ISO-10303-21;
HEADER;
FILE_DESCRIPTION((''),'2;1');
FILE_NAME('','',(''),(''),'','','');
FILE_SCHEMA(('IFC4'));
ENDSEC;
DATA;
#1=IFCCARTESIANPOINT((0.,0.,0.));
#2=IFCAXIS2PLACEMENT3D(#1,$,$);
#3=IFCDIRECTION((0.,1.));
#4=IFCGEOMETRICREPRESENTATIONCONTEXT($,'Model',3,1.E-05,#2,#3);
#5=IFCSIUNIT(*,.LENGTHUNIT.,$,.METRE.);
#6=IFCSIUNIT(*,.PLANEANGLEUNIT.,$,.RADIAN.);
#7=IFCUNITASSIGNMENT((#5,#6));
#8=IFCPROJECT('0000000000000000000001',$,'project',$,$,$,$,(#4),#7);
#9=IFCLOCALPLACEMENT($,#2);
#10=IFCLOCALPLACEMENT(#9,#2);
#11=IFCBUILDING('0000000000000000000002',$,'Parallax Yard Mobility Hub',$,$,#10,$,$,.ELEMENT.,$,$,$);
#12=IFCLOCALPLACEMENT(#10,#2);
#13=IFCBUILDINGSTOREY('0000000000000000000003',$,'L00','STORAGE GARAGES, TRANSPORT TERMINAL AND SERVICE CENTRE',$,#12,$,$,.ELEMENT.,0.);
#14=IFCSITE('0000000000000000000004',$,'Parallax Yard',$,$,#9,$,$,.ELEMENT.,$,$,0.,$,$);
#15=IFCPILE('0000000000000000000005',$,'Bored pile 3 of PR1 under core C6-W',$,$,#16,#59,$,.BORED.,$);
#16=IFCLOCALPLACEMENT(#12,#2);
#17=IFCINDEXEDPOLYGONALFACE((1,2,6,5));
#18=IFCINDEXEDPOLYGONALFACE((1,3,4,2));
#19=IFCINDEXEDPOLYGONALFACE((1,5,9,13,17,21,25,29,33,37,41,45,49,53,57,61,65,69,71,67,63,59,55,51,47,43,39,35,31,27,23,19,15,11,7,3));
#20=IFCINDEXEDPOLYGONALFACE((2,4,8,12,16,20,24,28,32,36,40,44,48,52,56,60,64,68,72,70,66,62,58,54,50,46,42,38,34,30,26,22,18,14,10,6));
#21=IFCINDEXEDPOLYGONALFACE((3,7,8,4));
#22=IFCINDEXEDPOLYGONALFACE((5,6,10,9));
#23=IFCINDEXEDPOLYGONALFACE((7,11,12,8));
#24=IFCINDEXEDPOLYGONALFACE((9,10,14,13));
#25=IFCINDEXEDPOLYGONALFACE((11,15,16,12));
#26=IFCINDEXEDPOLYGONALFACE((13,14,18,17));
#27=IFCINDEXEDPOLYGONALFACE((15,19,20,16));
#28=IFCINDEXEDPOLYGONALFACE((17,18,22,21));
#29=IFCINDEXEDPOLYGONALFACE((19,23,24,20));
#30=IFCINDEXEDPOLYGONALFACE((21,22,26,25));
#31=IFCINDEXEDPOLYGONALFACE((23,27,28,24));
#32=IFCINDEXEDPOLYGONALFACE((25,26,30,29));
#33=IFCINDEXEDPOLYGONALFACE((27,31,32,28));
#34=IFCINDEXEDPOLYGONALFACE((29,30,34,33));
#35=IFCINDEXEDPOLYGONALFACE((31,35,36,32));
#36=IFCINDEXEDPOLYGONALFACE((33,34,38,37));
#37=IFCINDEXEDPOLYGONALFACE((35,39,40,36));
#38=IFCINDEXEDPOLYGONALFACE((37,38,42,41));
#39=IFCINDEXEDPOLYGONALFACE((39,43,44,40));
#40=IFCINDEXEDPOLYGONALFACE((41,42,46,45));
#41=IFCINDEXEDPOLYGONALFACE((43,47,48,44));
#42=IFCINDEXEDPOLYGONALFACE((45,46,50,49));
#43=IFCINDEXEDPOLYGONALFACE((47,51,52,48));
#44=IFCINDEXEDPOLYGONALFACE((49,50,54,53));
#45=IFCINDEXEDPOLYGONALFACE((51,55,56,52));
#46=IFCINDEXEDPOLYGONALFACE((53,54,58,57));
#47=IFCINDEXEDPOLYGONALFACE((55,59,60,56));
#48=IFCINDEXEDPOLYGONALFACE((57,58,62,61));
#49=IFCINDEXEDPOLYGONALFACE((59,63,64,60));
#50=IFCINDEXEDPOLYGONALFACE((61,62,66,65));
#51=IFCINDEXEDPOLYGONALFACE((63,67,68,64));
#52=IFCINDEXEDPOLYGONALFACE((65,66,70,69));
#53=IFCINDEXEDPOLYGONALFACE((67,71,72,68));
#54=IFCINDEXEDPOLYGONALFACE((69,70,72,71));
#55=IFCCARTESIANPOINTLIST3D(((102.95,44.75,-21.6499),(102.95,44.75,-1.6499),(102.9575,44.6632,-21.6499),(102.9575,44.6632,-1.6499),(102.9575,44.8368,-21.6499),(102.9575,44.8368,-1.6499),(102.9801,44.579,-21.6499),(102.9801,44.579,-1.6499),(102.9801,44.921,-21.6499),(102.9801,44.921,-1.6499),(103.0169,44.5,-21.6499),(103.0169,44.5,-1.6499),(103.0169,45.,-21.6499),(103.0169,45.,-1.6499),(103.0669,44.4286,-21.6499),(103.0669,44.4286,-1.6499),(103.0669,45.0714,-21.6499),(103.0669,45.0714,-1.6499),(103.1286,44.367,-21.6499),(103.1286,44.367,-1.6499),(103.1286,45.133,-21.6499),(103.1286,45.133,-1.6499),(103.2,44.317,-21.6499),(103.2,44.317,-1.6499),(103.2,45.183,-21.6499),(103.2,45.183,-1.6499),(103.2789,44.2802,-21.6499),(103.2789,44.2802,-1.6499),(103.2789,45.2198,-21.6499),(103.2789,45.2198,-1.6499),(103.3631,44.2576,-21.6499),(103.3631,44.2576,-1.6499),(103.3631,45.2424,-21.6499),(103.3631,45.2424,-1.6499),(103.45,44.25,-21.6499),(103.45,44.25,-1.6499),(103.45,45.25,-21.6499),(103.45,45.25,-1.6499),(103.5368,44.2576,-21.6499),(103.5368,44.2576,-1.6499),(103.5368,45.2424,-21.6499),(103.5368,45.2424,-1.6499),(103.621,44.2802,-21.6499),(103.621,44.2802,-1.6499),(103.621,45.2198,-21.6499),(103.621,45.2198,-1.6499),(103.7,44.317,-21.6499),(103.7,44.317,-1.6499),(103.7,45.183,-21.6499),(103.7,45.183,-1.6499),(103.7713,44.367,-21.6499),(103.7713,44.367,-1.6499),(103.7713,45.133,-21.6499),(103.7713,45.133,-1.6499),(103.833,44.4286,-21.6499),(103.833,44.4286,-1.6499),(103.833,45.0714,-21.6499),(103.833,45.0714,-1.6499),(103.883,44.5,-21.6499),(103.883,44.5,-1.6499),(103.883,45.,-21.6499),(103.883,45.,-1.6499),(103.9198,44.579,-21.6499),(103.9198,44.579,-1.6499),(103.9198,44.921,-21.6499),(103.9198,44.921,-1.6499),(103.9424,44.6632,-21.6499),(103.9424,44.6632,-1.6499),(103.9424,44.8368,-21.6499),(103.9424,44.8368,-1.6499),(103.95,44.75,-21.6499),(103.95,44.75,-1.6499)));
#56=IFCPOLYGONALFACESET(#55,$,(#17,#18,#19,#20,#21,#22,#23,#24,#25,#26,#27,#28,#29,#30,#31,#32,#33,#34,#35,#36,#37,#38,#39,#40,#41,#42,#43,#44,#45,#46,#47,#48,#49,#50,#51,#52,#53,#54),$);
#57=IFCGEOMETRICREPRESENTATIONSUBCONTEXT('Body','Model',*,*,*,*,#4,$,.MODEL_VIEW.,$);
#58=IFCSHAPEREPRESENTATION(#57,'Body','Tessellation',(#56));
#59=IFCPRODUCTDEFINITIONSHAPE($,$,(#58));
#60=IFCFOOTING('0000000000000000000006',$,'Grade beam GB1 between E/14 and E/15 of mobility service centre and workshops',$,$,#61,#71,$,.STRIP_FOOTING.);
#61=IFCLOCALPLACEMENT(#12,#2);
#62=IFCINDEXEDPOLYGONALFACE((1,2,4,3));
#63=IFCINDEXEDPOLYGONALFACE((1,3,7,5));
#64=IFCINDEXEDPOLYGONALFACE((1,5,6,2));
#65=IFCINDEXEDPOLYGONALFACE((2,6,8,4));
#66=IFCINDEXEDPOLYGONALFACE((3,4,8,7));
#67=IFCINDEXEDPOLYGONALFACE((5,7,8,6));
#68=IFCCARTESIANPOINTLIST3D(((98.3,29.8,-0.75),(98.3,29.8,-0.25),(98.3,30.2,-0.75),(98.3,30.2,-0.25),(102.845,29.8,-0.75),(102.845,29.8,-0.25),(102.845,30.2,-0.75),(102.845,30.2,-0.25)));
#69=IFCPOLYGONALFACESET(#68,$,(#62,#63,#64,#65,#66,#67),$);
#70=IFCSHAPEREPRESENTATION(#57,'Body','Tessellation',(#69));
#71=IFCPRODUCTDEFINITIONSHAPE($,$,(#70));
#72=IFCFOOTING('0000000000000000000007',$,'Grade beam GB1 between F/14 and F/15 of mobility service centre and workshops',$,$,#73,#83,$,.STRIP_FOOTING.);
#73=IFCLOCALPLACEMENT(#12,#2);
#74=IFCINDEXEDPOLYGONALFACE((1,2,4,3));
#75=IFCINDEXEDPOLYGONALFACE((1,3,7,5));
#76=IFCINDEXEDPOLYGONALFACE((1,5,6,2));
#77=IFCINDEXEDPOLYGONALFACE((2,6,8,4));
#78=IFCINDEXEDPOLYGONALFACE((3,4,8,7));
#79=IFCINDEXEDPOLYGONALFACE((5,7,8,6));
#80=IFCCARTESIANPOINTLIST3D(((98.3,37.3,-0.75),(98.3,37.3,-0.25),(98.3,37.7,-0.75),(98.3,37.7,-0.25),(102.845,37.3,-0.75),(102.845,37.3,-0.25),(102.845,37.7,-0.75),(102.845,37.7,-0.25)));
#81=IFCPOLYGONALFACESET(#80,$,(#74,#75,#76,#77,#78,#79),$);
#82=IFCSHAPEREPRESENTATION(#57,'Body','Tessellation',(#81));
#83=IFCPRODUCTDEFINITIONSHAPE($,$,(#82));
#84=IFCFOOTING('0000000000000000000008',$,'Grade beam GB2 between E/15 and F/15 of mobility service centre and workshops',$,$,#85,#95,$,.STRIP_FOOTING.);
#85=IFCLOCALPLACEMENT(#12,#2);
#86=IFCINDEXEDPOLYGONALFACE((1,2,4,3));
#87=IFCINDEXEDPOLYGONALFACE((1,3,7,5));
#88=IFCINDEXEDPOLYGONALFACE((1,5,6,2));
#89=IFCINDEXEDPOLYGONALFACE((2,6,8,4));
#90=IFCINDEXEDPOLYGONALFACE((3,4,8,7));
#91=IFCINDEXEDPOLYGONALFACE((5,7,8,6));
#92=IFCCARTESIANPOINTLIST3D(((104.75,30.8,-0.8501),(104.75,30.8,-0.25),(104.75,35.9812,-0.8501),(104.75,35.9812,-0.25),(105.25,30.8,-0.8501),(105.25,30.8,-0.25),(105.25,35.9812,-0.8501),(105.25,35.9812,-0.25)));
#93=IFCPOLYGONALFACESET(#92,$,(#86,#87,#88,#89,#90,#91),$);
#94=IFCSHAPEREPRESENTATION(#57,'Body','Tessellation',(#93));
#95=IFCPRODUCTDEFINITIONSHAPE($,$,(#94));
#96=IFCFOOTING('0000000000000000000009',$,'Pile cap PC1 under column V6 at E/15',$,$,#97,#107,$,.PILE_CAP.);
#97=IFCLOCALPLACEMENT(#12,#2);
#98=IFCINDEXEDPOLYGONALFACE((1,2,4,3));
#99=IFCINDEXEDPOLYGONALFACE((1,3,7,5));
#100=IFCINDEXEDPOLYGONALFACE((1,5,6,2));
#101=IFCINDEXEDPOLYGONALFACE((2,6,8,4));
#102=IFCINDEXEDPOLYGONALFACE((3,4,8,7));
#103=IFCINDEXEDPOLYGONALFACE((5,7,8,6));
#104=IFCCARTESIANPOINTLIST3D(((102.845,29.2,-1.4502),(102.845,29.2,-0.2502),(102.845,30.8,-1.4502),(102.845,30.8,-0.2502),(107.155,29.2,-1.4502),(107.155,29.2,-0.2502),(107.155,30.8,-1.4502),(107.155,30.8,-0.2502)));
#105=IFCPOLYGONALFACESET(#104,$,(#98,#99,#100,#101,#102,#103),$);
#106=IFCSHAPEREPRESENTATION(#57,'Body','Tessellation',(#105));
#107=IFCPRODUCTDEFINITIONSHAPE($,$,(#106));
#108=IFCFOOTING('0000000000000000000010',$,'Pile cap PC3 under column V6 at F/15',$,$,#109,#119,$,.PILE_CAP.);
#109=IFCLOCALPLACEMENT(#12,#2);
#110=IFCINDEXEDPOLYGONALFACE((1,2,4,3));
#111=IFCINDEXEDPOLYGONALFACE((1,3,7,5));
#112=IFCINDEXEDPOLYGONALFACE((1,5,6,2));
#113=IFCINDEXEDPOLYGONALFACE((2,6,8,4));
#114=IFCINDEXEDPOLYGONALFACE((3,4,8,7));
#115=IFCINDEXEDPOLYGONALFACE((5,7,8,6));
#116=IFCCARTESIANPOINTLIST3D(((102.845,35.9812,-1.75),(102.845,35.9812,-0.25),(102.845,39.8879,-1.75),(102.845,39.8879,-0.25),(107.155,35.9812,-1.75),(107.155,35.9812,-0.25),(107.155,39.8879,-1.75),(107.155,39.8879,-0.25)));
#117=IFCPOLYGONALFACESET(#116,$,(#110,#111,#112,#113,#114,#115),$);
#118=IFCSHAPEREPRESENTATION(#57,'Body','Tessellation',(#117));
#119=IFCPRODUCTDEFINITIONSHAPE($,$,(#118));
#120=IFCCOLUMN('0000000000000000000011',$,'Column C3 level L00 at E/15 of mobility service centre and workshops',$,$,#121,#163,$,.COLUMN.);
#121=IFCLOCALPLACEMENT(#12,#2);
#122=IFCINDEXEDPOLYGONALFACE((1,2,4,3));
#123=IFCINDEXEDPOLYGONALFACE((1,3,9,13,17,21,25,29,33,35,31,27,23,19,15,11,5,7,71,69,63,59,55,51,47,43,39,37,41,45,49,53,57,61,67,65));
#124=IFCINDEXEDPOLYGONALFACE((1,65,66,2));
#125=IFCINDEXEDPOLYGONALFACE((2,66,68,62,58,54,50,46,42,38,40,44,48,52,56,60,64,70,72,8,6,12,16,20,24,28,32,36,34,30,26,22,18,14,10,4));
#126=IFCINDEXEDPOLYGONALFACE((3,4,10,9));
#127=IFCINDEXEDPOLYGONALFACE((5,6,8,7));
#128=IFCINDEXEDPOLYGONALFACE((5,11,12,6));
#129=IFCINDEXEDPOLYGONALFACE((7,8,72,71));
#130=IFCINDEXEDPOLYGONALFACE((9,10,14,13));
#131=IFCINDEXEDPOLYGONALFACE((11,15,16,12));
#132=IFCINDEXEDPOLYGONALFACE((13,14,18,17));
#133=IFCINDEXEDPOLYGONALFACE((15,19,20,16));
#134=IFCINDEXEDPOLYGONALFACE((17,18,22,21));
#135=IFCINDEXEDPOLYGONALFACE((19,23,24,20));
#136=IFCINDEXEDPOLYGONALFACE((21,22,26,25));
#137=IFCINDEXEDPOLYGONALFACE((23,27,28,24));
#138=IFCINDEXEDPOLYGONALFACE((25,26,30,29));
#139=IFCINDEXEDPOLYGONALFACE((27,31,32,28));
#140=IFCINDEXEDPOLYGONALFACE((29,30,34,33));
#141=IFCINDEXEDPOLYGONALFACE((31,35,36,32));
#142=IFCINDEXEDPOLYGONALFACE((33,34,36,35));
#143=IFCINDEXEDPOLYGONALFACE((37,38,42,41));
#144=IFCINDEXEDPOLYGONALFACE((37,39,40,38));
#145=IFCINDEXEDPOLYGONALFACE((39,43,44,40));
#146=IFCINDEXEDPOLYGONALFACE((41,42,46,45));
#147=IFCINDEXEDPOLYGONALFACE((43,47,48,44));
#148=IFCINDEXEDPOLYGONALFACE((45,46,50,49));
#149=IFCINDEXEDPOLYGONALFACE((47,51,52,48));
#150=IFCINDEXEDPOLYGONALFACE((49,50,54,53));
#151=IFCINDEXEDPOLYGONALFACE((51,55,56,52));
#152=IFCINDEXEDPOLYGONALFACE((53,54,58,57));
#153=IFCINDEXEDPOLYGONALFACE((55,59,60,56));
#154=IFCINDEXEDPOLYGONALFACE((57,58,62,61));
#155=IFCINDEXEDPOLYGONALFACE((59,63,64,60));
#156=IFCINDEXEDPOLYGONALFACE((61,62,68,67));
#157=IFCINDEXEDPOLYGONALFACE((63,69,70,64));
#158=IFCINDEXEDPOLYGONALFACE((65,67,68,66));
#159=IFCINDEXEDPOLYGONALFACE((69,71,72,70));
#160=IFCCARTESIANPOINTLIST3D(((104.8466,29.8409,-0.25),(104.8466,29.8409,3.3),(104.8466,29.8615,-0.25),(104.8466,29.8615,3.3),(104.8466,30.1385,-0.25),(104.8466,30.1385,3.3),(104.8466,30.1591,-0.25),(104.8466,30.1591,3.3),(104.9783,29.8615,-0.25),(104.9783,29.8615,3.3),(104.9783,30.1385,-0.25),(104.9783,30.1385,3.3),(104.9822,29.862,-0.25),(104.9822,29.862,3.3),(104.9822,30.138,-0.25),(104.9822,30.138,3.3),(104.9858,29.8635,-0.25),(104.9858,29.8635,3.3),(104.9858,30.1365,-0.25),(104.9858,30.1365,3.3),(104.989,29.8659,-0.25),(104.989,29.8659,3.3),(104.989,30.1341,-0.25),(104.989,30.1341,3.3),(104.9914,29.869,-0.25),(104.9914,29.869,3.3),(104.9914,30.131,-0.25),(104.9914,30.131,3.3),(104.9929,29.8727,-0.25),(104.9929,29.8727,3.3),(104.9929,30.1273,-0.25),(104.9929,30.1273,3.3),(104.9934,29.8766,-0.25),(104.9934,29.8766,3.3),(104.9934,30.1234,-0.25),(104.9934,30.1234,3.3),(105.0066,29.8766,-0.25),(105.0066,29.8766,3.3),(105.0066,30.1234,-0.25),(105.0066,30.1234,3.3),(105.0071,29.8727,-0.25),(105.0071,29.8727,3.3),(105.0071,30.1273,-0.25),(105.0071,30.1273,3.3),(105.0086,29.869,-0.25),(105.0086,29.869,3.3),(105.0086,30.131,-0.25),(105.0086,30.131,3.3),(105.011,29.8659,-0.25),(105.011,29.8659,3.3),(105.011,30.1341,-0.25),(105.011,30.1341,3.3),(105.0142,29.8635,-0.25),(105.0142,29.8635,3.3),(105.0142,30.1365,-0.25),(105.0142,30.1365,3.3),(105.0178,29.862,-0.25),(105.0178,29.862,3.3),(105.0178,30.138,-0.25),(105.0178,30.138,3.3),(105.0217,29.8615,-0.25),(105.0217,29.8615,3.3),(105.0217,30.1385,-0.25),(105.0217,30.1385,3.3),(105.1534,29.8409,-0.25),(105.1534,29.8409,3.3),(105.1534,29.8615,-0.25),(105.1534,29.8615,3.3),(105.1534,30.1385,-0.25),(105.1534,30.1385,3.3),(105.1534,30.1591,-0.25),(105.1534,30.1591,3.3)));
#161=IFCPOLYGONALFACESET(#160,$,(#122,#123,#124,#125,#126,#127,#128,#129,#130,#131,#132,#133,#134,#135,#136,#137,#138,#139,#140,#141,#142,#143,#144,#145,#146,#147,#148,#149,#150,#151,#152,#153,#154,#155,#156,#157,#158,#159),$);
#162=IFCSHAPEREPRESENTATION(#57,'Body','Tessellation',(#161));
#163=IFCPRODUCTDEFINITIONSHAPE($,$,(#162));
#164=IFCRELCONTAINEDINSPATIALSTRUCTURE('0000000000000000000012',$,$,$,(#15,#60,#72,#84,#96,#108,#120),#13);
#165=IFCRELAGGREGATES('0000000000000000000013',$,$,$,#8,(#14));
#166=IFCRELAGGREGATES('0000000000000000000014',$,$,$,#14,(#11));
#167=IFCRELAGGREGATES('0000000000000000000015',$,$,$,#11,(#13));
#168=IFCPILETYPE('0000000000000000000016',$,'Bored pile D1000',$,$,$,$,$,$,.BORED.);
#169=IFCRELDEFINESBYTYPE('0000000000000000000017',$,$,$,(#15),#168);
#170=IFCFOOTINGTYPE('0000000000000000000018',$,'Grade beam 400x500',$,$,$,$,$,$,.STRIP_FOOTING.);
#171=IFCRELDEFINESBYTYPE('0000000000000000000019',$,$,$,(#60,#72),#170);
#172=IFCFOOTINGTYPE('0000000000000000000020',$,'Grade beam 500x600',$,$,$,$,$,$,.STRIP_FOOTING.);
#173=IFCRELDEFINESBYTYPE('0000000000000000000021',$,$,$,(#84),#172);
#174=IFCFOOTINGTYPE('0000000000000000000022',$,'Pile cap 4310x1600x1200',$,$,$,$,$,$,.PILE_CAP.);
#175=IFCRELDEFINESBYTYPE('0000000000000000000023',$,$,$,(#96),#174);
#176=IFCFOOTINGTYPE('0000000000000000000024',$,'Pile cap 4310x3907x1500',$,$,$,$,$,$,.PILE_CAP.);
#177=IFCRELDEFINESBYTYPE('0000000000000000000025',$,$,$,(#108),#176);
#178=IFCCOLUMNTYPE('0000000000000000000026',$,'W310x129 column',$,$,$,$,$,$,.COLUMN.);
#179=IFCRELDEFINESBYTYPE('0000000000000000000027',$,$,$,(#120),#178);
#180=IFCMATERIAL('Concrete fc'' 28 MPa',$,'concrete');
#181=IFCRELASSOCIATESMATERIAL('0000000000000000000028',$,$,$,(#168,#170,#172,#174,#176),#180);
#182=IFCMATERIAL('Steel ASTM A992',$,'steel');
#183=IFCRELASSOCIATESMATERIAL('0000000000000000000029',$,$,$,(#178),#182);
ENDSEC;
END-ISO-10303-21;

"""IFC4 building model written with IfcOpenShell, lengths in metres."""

from ifc_helpers import new_model, si_unit, direction, frame, origin, origin_2d, place, context, subcontext, project, spatial, rectangle, circle, i_section, extrude, material, material_profile, profile_set, type_object, element, save


model = new_model("IFC4")

# Units and contexts
model_context = context("Model", 3, precision=1e-05, world=origin(), true_north=direction((0.0, 1.0)))
body_context = subcontext(model_context, "Body", "Model", "MODEL_VIEW")
ifc_project = project(units=[si_unit("LENGTHUNIT", "METRE"), si_unit("PLANEANGLEUNIT", "RADIAN")], contexts=[model_context])

# Site, building, storey
site_placement = place(None, origin())
site = spatial("IfcSite", under=ifc_project, at=site_placement, Name="Parallax Yard", CompositionType="ELEMENT", RefElevation=0.0)
building_placement = place(site_placement, origin())
building = spatial("IfcBuilding", under=site, at=building_placement, Name="Parallax Yard Mobility Hub", CompositionType="ELEMENT")
storey_placement = place(building_placement, origin())
storey = spatial("IfcBuildingStorey", under=building, at=storey_placement, Name="L00", Description="STORAGE GARAGES, TRANSPORT TERMINAL AND SERVICE CENTRE", CompositionType="ELEMENT", Elevation=0.0)

# Pile
ifc_material_1 = material(Name="Concrete fc' 28 MPa", Category="concrete")
ifc_material_profile_1 = material_profile(ifc_material_1, circle(Radius=0.5, at=origin_2d()), Name="Bored pile D1000")
ifc_profile_set_1 = profile_set([ifc_material_profile_1], Name="Concrete fc' 28 MPa")
pile_type = type_object("IfcPileType", Name="Bored pile D1000", PredefinedType="BORED", material=ifc_profile_set_1)
for number, where, z_axis, x_axis, name in (
    (1, (103.45, 44.75, -1.6499), (0.0, 0.0, -1.0), (1.0, 0.0, 0.0), "Bored pile 3 of PR1 under core C6-W"),
):
    element("IfcPile", number, at=place(storey_placement, frame(where, z_axis=z_axis, x_axis=x_axis)), inside=storey, type_object=pile_type, Name=name, PredefinedType="BORED", context=body_context, shape_type="SweptSolid", body=[
        extrude(circle(Radius=0.5, at=origin_2d()), origin(), (0.0, 0.0, 1.0), 20.0),
    ])

# Footings
ifc_material_profile_2 = material_profile(ifc_material_1, rectangle(XDim=0.3999, YDim=0.5, at=origin_2d()), Name="Grade beam 400x500")
ifc_profile_set_2 = profile_set([ifc_material_profile_2], Name="Concrete fc' 28 MPa")
footing_type_1 = type_object("IfcFootingType", Name="Grade beam 400x500", PredefinedType="STRIP_FOOTING", material=ifc_profile_set_2)
for number, where, z_axis, x_axis, name in (
    (2, (98.3, 30.0, -0.5), (1.0, 0.0, 0.0), (0.0, 1.0, 0.0), "Grade beam GB1 between E/14 and E/15 of mobility service centre and workshops"),
    (3, (98.3, 37.5, -0.5), (1.0, 0.0, 0.0), (0.0, 1.0, 0.0), "Grade beam GB1 between F/14 and F/15 of mobility service centre and workshops"),
):
    element("IfcFooting", number, at=place(storey_placement, frame(where, z_axis=z_axis, x_axis=x_axis)), inside=storey, type_object=footing_type_1, Name=name, PredefinedType="STRIP_FOOTING", context=body_context, shape_type="SweptSolid", body=[
        extrude(rectangle(XDim=0.3999, YDim=0.5, at=origin_2d()), origin(), (0.0, 0.0, 1.0), 4.5449),
    ])
ifc_material_profile_3 = material_profile(ifc_material_1, rectangle(XDim=0.5, YDim=0.6001, at=origin_2d()), Name="Grade beam 500x600")
ifc_profile_set_3 = profile_set([ifc_material_profile_3], Name="Concrete fc' 28 MPa")
footing_type_2 = type_object("IfcFootingType", Name="Grade beam 500x600", PredefinedType="STRIP_FOOTING", material=ifc_profile_set_3)
footing_1_placement = place(storey_placement, frame((105.0, 30.8, -0.55), z_axis=(0.0, 1.0, 0.0), x_axis=(-1.0, 0.0, 0.0)))
element("IfcFooting", 4, at=footing_1_placement, inside=storey, type_object=footing_type_2, Name="Grade beam GB2 between E/15 and F/15 of mobility service centre and workshops", PredefinedType="STRIP_FOOTING", context=body_context, shape_type="SweptSolid", body=[
    extrude(rectangle(XDim=0.5, YDim=0.6001, at=origin_2d()), origin(), (0.0, 0.0, 1.0), 5.1812),
])
footing_type_3 = type_object("IfcFootingType", Name="Pile cap 4310x1600x1200", PredefinedType="PILE_CAP", material=ifc_material_1)
footing_2_placement = place(storey_placement, frame((105.0, 30.0, -1.4502), z_axis=(0.0, 0.0, 1.0), x_axis=(1.0, 0.0, 0.0)))
element("IfcFooting", 5, at=footing_2_placement, inside=storey, type_object=footing_type_3, Name="Pile cap PC1 under column V6 at E/15", PredefinedType="PILE_CAP", context=body_context, shape_type="SweptSolid", body=[
    extrude(rectangle(XDim=4.3101, YDim=1.6001, at=origin_2d()), origin(), (0.0, 0.0, 1.0), 1.2),
])
footing_type_4 = type_object("IfcFootingType", Name="Pile cap 4310x3907x1500", PredefinedType="PILE_CAP", material=ifc_material_1)
footing_3_placement = place(storey_placement, frame((105.0, 37.9346, -1.75), z_axis=(0.0, 0.0, 1.0), x_axis=(1.0, 0.0, 0.0)))
element("IfcFooting", 6, at=footing_3_placement, inside=storey, type_object=footing_type_4, Name="Pile cap PC3 under column V6 at F/15", PredefinedType="PILE_CAP", context=body_context, shape_type="SweptSolid", body=[
    extrude(rectangle(XDim=4.3101, YDim=3.9067, at=origin_2d()), origin(), (0.0, 0.0, 1.0), 1.5),
])

# Column
ifc_material_2 = material(Name="Steel ASTM A992", Category="steel")
ifc_material_profile_4 = material_profile(ifc_material_2, i_section(OverallWidth=0.3069, OverallDepth=0.3181, WebThickness=0.0132, FlangeThickness=0.0205, FilletRadius=0.0151, at=origin_2d()), Name="W310x129")
ifc_profile_set_4 = profile_set([ifc_material_profile_4], Name="Steel ASTM A992")
column_type_1 = type_object("IfcColumnType", Name="W310x129 column", PredefinedType="COLUMN", material=ifc_profile_set_4)
column_1_placement = place(storey_placement, frame((105.0, 30.0, -0.25), z_axis=(0.0, 0.0, 1.0), x_axis=(1.0, 0.0, 0.0)))
element("IfcColumn", 7, at=column_1_placement, inside=storey, type_object=column_type_1, Name="Column C3 level L00 at E/15 of mobility service centre and workshops", PredefinedType="COLUMN", context=body_context, shape_type="SweptSolid", body=[
    extrude(i_section(OverallWidth=0.3069, OverallDepth=0.3181, WebThickness=0.0132, FlangeThickness=0.0205, FilletRadius=0.0151, at=origin_2d()), origin(), (0.0, 0.0, 1.0), 3.55),
])

save(model, "model.ifc")
